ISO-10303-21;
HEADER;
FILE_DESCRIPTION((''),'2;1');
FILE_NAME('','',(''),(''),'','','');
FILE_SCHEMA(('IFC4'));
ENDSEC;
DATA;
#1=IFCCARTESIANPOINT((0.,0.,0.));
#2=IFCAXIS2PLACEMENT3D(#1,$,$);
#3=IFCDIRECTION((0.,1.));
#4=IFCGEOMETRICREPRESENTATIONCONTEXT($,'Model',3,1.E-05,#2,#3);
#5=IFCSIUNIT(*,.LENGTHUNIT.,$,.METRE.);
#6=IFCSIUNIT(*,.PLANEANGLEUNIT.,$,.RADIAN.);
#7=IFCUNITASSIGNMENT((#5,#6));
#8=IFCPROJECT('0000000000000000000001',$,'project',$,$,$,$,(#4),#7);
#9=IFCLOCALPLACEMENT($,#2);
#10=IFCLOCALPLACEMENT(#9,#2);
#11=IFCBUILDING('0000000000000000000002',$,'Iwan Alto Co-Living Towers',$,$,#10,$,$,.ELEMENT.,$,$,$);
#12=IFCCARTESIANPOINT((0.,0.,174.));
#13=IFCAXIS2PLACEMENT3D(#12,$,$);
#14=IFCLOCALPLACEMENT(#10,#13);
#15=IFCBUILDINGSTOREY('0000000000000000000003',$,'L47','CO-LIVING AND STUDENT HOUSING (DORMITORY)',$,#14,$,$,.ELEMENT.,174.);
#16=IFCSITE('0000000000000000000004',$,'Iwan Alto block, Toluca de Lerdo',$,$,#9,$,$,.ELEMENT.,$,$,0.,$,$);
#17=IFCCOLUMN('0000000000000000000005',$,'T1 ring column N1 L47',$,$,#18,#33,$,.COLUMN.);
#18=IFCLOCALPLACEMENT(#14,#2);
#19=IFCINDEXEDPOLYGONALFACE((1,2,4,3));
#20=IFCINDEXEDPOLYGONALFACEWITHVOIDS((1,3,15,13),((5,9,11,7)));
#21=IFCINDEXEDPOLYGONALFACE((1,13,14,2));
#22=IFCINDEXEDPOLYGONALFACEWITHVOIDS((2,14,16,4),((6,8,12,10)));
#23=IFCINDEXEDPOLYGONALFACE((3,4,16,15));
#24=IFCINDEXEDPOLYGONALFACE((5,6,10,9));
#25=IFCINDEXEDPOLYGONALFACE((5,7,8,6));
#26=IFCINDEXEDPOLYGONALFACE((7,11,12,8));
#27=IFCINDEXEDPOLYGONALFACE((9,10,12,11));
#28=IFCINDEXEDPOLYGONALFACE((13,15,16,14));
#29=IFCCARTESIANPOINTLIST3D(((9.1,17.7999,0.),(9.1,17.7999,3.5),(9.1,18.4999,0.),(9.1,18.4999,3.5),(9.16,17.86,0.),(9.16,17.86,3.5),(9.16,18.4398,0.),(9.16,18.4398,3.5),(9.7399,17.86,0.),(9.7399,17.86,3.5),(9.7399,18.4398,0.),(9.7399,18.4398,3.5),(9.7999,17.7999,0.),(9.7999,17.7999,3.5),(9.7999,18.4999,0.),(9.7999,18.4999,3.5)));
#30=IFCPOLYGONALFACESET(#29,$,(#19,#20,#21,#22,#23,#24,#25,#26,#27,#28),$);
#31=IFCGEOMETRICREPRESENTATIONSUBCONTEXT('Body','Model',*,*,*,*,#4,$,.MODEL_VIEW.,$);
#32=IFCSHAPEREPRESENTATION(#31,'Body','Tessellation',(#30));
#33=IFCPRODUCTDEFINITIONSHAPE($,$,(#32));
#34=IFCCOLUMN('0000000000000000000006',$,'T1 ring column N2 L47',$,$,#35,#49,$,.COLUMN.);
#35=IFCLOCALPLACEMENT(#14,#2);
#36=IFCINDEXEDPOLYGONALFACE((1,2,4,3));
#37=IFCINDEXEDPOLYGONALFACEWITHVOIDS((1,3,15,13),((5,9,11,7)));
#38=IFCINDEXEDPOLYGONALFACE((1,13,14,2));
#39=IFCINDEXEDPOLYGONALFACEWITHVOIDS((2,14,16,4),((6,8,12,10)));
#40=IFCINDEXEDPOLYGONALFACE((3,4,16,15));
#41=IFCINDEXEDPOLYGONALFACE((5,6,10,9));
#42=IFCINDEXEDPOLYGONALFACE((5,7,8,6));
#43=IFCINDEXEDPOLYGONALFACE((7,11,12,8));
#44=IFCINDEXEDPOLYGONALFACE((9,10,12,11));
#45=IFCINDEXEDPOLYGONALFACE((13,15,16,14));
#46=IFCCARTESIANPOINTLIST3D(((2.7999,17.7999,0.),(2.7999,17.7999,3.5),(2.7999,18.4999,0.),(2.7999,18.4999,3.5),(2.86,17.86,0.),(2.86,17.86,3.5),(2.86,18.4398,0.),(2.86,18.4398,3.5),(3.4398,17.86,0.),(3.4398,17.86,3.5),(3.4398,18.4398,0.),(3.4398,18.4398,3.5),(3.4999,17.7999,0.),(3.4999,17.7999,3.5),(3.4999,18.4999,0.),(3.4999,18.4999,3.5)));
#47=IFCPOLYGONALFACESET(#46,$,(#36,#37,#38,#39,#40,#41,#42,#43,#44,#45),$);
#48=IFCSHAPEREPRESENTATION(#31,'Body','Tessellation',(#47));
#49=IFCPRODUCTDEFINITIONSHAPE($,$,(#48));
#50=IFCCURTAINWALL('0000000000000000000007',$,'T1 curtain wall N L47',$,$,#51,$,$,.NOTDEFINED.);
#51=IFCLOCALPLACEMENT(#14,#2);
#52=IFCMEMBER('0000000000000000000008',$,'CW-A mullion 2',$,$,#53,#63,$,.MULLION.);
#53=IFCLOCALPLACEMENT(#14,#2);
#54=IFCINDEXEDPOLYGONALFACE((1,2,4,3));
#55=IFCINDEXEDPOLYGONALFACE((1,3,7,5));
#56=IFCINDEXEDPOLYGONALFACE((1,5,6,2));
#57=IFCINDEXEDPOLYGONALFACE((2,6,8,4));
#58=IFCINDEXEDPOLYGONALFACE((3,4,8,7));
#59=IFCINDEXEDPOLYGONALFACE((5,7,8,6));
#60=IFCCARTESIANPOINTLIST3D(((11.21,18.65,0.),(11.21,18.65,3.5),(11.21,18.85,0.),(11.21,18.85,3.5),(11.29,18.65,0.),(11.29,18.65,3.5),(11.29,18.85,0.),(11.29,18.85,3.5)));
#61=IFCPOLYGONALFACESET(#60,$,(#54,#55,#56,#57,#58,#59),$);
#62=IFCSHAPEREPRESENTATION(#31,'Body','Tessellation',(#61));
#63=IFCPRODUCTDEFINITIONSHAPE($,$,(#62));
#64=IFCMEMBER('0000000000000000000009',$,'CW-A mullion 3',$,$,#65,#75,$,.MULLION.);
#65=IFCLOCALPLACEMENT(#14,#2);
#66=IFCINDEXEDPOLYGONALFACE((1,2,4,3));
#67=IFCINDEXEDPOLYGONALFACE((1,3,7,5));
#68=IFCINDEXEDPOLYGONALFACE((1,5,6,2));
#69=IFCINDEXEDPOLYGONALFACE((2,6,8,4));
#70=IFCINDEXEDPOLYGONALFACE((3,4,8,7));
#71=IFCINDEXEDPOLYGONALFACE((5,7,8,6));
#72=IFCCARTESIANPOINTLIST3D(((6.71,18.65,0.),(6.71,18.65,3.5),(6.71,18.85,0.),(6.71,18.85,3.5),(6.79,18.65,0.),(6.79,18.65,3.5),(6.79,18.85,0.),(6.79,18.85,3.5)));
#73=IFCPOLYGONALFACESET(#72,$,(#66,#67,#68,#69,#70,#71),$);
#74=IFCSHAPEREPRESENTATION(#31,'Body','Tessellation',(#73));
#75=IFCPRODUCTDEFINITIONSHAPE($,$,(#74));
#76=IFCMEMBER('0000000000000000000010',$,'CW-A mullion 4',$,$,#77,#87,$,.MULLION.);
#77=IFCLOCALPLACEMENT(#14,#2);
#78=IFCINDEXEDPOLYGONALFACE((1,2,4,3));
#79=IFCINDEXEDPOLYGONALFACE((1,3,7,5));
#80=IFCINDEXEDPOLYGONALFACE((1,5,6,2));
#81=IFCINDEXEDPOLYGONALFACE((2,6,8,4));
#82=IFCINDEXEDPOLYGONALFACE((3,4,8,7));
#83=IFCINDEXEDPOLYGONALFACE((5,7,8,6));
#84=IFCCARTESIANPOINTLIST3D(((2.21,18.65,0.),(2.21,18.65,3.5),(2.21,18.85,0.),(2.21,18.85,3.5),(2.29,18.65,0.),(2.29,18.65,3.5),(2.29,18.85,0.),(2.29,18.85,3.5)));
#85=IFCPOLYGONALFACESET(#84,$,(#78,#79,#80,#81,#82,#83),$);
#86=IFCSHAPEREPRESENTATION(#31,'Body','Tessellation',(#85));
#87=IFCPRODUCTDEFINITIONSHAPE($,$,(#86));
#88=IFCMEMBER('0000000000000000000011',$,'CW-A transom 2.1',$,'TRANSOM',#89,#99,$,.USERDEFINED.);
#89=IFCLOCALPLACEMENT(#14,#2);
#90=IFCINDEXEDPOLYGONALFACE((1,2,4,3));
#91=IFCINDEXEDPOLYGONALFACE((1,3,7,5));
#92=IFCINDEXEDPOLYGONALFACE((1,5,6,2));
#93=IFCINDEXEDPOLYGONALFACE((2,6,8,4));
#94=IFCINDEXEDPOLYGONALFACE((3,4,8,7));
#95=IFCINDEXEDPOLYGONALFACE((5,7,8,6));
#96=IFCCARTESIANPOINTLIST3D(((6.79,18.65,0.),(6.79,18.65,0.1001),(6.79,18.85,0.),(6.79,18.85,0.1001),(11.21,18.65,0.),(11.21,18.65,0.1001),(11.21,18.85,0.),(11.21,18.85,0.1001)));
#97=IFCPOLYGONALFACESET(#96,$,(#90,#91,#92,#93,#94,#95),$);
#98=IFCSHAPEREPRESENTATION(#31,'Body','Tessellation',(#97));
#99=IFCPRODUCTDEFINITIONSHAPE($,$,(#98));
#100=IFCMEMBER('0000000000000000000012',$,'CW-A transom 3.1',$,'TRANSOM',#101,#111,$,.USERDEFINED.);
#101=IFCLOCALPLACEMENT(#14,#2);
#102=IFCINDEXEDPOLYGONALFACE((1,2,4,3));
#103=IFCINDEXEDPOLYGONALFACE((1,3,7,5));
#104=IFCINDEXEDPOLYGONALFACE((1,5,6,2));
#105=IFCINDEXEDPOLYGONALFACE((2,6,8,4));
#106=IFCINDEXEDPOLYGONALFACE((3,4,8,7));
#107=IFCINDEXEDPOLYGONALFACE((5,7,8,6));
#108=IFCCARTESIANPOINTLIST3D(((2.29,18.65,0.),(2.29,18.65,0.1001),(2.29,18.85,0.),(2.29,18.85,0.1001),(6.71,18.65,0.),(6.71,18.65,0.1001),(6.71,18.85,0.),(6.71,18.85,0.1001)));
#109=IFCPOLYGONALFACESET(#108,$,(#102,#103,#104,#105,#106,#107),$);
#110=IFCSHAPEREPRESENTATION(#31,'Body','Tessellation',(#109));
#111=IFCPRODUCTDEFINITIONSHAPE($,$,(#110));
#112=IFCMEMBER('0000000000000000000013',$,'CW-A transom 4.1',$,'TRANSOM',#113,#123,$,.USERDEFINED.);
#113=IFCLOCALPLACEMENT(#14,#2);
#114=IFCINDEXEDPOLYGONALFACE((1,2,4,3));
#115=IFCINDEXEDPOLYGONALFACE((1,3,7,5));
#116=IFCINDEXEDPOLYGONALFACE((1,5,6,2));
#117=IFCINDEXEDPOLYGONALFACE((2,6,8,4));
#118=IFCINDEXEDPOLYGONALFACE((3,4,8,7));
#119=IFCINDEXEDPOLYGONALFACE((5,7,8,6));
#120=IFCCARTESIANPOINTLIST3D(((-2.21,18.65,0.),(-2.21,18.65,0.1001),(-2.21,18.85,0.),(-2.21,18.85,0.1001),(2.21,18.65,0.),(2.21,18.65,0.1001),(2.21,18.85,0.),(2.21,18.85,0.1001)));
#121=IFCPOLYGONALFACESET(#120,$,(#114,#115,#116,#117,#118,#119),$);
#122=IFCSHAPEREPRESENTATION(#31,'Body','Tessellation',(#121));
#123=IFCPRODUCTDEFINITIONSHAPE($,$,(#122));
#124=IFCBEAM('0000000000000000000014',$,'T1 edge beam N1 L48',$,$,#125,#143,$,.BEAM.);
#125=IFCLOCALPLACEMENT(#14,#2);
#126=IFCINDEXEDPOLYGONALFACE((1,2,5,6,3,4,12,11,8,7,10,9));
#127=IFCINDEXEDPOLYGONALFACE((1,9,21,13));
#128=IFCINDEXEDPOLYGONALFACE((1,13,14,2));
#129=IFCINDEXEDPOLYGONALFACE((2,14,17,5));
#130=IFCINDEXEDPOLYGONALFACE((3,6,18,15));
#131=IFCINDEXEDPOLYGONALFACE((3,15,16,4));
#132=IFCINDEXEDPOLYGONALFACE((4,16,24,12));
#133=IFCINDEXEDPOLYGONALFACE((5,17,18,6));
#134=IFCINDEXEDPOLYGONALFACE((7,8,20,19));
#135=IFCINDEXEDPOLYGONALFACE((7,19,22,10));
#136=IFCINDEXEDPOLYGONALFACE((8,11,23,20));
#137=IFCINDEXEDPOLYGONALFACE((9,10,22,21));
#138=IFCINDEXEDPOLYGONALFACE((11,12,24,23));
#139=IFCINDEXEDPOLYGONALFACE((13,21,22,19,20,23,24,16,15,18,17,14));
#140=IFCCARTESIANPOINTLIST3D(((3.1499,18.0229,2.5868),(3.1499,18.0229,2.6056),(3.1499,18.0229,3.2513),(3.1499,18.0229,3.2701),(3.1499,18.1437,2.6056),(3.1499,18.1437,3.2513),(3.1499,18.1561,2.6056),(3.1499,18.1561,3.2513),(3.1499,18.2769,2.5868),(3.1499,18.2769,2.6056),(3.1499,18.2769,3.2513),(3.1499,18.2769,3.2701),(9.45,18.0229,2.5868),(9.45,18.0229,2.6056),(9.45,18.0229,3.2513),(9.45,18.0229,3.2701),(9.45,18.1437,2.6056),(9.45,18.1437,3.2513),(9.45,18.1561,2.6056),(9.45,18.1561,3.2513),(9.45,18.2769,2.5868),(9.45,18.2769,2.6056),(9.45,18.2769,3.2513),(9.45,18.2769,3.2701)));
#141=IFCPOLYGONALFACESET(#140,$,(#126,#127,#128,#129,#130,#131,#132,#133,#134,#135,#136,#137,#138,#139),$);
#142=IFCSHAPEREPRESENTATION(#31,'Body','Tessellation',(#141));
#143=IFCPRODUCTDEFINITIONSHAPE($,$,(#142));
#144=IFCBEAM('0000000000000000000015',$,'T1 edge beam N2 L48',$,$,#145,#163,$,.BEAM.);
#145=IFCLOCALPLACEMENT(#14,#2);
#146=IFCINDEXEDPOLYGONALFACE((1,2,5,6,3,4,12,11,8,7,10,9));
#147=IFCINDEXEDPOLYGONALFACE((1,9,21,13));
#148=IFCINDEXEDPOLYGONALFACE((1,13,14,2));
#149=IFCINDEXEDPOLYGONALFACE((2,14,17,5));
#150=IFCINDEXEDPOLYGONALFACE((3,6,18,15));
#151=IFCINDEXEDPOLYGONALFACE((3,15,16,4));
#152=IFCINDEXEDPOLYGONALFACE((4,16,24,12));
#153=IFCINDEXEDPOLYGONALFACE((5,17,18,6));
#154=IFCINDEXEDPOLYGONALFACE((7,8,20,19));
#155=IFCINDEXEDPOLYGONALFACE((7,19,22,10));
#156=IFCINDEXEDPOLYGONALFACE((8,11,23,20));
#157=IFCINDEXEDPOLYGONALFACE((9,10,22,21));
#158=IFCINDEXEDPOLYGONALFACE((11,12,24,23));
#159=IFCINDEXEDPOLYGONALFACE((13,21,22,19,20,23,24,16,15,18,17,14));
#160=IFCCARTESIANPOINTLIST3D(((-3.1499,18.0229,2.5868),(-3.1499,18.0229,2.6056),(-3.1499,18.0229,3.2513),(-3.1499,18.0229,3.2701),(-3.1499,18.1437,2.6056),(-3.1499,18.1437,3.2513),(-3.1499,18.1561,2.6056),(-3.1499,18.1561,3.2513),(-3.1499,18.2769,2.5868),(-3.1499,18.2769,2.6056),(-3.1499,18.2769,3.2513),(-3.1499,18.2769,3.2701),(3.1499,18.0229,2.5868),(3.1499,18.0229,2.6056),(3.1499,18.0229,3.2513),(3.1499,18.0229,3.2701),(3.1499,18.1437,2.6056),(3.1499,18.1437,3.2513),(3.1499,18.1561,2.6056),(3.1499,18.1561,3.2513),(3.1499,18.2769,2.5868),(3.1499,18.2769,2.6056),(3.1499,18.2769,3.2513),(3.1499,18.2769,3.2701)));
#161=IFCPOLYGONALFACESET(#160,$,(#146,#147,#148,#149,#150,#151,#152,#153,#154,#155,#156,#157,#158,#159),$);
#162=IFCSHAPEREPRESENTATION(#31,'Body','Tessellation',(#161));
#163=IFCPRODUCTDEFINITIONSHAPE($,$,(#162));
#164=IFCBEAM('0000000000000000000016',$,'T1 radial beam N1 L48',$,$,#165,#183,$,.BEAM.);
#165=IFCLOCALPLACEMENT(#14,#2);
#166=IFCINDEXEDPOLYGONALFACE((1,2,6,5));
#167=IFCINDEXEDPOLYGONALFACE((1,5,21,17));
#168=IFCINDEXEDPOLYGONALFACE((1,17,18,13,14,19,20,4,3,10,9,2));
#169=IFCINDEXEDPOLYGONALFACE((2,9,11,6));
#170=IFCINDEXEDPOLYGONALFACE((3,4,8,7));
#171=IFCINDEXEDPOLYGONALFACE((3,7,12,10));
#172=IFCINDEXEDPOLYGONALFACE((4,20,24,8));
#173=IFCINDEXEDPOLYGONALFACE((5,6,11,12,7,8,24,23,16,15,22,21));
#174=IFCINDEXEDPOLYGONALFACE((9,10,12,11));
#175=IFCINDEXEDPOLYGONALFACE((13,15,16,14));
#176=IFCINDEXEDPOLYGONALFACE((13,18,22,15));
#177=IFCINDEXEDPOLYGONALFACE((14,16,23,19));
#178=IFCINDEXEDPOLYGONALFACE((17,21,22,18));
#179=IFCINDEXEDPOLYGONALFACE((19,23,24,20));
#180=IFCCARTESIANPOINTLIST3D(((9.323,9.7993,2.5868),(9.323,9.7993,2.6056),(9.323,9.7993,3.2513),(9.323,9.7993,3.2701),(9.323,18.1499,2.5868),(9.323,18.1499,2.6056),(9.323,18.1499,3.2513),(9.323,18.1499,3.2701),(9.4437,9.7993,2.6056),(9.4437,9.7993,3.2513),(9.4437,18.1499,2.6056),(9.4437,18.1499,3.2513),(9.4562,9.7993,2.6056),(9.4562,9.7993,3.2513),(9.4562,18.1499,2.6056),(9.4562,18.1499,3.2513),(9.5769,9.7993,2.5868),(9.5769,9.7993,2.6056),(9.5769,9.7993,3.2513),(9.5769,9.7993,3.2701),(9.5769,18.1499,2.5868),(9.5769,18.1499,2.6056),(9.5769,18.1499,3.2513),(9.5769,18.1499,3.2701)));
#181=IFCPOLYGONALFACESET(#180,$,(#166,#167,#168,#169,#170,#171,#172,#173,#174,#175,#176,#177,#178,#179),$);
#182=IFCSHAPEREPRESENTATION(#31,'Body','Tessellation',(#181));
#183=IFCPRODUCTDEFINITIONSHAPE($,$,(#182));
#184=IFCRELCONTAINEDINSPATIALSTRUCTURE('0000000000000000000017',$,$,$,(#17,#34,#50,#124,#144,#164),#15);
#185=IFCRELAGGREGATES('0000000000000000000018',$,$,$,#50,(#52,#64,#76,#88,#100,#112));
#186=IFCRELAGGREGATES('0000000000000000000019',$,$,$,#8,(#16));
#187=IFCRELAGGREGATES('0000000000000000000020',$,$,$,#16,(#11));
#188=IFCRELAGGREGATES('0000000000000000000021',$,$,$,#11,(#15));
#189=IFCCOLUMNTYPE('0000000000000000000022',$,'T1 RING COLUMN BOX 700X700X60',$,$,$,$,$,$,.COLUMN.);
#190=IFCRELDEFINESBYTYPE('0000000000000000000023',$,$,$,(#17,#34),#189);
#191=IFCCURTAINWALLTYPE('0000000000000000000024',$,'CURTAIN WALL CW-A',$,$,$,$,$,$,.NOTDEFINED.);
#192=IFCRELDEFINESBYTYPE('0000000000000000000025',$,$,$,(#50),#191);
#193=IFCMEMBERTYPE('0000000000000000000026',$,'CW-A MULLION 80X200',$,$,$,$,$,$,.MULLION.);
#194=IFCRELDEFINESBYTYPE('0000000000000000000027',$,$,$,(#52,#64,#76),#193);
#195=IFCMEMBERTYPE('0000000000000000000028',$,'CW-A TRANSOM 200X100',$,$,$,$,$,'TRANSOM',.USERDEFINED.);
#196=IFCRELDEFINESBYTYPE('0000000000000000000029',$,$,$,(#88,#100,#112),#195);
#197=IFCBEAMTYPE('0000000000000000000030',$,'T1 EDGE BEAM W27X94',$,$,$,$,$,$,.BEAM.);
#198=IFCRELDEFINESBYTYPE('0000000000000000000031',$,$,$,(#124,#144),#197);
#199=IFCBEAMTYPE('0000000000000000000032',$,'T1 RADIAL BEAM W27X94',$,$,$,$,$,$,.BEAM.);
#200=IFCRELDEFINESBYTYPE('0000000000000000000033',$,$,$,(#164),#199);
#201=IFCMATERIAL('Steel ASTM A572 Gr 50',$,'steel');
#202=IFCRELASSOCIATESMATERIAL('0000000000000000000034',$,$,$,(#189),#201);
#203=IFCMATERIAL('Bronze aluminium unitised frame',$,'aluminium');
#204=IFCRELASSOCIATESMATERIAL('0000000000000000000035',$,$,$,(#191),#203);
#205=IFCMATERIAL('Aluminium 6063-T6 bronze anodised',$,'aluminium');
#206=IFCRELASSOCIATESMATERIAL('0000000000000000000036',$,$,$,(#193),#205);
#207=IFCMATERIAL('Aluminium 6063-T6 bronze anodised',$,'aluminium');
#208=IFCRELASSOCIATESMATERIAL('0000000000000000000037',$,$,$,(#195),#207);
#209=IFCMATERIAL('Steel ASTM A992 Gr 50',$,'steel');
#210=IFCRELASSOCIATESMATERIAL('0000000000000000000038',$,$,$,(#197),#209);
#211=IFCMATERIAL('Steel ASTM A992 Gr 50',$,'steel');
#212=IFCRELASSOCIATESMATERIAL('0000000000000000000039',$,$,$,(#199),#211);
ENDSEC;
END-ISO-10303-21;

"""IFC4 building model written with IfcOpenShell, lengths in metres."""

from ifc_helpers import new_model, si_unit, direction, frame, origin, origin_2d, place, context, subcontext, project, spatial, rectangle, hollow_rectangle, i_section, extrude, material, material_profile, profile_set, type_object, element, aggregate, save


model = new_model("IFC4")

# Units and contexts
model_context = context("Model", 3, precision=1e-05, world=origin(), true_north=direction((0.0, 1.0)))
body_context = subcontext(model_context, "Body", "Model", "MODEL_VIEW")
ifc_project = project(units=[si_unit("LENGTHUNIT", "METRE"), si_unit("PLANEANGLEUNIT", "RADIAN")], contexts=[model_context])

# Site, building, storey
site_placement = place(None, origin())
site = spatial("IfcSite", under=ifc_project, at=site_placement, Name="Iwan Alto block, Toluca de Lerdo", CompositionType="ELEMENT", RefElevation=0.0)
building_placement = place(site_placement, origin())
building = spatial("IfcBuilding", under=site, at=building_placement, Name="Iwan Alto Co-Living Towers", CompositionType="ELEMENT")
storey_placement = place(building_placement, frame((0.0, 0.0, 174.0)))
storey = spatial("IfcBuildingStorey", under=building, at=storey_placement, Name="L47", Description="CO-LIVING AND STUDENT HOUSING (DORMITORY)", CompositionType="ELEMENT", Elevation=174.0)

# Columns
ifc_material_1 = material(Name="Steel ASTM A572 Gr 50", Category="steel")
ifc_material_profile_1 = material_profile(ifc_material_1, hollow_rectangle(XDim=0.7, YDim=0.7, WallThickness=0.0601, at=origin_2d()), Name="BOX 700X700X60")
ifc_profile_set_1 = profile_set([ifc_material_profile_1], Name="Steel ASTM A572 Gr 50")
column_type = type_object("IfcColumnType", Name="T1 RING COLUMN BOX 700X700X60", PredefinedType="COLUMN", material=ifc_profile_set_1)
for number, where, z_axis, x_axis, name in (
    (1, (9.45, 18.1499, 0.0), (0.0, 0.0, 1.0), (1.0, 0.0, 0.0), "T1 ring column N1 L47"),
    (2, (3.1499, 18.1499, 0.0), (0.0, 0.0, 1.0), (1.0, 0.0, 0.0), "T1 ring column N2 L47"),
):
    element("IfcColumn", number, at=place(storey_placement, frame(where, z_axis=z_axis, x_axis=x_axis)), inside=storey, type_object=column_type, Name=name, PredefinedType="COLUMN", context=body_context, shape_type="SweptSolid", body=[
        extrude(hollow_rectangle(XDim=0.7, YDim=0.7, WallThickness=0.0601, at=origin_2d()), origin(), (0.0, 0.0, 1.0), 3.5),
    ])

# Curtain wall, members
ifc_material_2 = material(Name="Bronze aluminium unitised frame", Category="aluminium")
curtain_wall_type = type_object("IfcCurtainWallType", Name="CURTAIN WALL CW-A", PredefinedType="NOTDEFINED", material=ifc_material_2)
curtain_wall_placement = place(storey_placement, origin())
curtain_wall = element("IfcCurtainWall", 3, at=curtain_wall_placement, inside=storey, type_object=curtain_wall_type, Name="T1 curtain wall N L47", PredefinedType="NOTDEFINED")
ifc_material_3 = material(Name="Aluminium 6063-T6 bronze anodised", Category="aluminium")
ifc_material_profile_2 = material_profile(ifc_material_3, rectangle(XDim=0.2, YDim=0.0801, at=origin_2d()), Name="AL 80X200")
ifc_profile_set_2 = profile_set([ifc_material_profile_2], Name="Aluminium 6063-T6 bronze anodised")
member_type_1 = type_object("IfcMemberType", Name="CW-A MULLION 80X200", PredefinedType="MULLION", material=ifc_profile_set_2)
member_1_placement = place(storey_placement, frame((11.25, 18.75, 0.0), z_axis=(0.0, 0.0, 1.0), x_axis=(0.0, -1.0, 0.0)))
member_1 = element("IfcMember", 4, at=member_1_placement, type_object=member_type_1, Name="CW-A mullion 2", PredefinedType="MULLION", context=body_context, shape_type="SweptSolid", body=[
    extrude(rectangle(XDim=0.2, YDim=0.0801, at=origin_2d()), origin(), (0.0, 0.0, 1.0), 3.5),
])
member_2_placement = place(storey_placement, frame((6.75, 18.75, 0.0), z_axis=(0.0, 0.0, 1.0), x_axis=(0.0, -1.0, 0.0)))
member_2 = element("IfcMember", 5, at=member_2_placement, type_object=member_type_1, Name="CW-A mullion 3", PredefinedType="MULLION", context=body_context, shape_type="SweptSolid", body=[
    extrude(rectangle(XDim=0.2, YDim=0.0801, at=origin_2d()), origin(), (0.0, 0.0, 1.0), 3.5),
])
member_3_placement = place(storey_placement, frame((2.25, 18.75, 0.0), z_axis=(0.0, 0.0, 1.0), x_axis=(0.0, -1.0, 0.0)))
member_3 = element("IfcMember", 6, at=member_3_placement, type_object=member_type_1, Name="CW-A mullion 4", PredefinedType="MULLION", context=body_context, shape_type="SweptSolid", body=[
    extrude(rectangle(XDim=0.2, YDim=0.0801, at=origin_2d()), origin(), (0.0, 0.0, 1.0), 3.5),
])
ifc_material_4 = material(Name="Aluminium 6063-T6 bronze anodised", Category="aluminium")
ifc_material_profile_3 = material_profile(ifc_material_4, rectangle(XDim=0.2, YDim=0.1001, at=origin_2d()), Name="AL 200X100")
ifc_profile_set_3 = profile_set([ifc_material_profile_3], Name="Aluminium 6063-T6 bronze anodised")
member_type_2 = type_object("IfcMemberType", Name="CW-A TRANSOM 200X100", ElementType="TRANSOM", PredefinedType="USERDEFINED", material=ifc_profile_set_3)
member_4_placement = place(storey_placement, frame((11.21, 18.75, 0.05), z_axis=(-1.0, 0.0, 0.0), x_axis=(0.0, -1.0, 0.0)))
member_4 = element("IfcMember", 7, at=member_4_placement, type_object=member_type_2, Name="CW-A transom 2.1", ObjectType="TRANSOM", PredefinedType="USERDEFINED", context=body_context, shape_type="SweptSolid", body=[
    extrude(rectangle(XDim=0.2, YDim=0.1001, at=origin_2d()), origin(), (0.0, 0.0, 1.0), 4.4199),
])
member_5_placement = place(storey_placement, frame((6.71, 18.75, 0.05), z_axis=(-1.0, 0.0, 0.0), x_axis=(0.0, -1.0, 0.0)))
member_5 = element("IfcMember", 8, at=member_5_placement, type_object=member_type_2, Name="CW-A transom 3.1", ObjectType="TRANSOM", PredefinedType="USERDEFINED", context=body_context, shape_type="SweptSolid", body=[
    extrude(rectangle(XDim=0.2, YDim=0.1001, at=origin_2d()), origin(), (0.0, 0.0, 1.0), 4.4199),
])
member_6_placement = place(storey_placement, frame((2.21, 18.75, 0.05), z_axis=(-1.0, 0.0, 0.0), x_axis=(0.0, -1.0, 0.0)))
member_6 = element("IfcMember", 9, at=member_6_placement, type_object=member_type_2, Name="CW-A transom 4.1", ObjectType="TRANSOM", PredefinedType="USERDEFINED", context=body_context, shape_type="SweptSolid", body=[
    extrude(rectangle(XDim=0.2, YDim=0.1001, at=origin_2d()), origin(), (0.0, 0.0, 1.0), 4.4199),
])

# Beams
ifc_material_5 = material(Name="Steel ASTM A992 Gr 50", Category="steel")
ifc_material_profile_4 = material_profile(ifc_material_5, i_section(OverallWidth=0.2539, OverallDepth=0.6833, WebThickness=0.0125, FlangeThickness=0.0188, at=origin_2d()), Name="W27X94")
ifc_profile_set_4 = profile_set([ifc_material_profile_4], Name="Steel ASTM A992 Gr 50")
beam_type_1 = type_object("IfcBeamType", Name="T1 EDGE BEAM W27X94", PredefinedType="BEAM", material=ifc_profile_set_4)
beam_1_placement = place(storey_placement, frame((9.45, 18.1499, 2.9285), z_axis=(-1.0, 0.0, 0.0), x_axis=(0.0, -1.0, 0.0)))
element("IfcBeam", 10, at=beam_1_placement, inside=storey, type_object=beam_type_1, Name="T1 edge beam N1 L48", PredefinedType="BEAM", context=body_context, shape_type="SweptSolid", body=[
    extrude(i_section(OverallWidth=0.2539, OverallDepth=0.6833, WebThickness=0.0125, FlangeThickness=0.0188, at=origin_2d()), origin(), (0.0, 0.0, 1.0), 6.3),
])
beam_2_placement = place(storey_placement, frame((3.1499, 18.1499, 2.9285), z_axis=(-1.0, 0.0, 0.0), x_axis=(0.0, -1.0, 0.0)))
element("IfcBeam", 11, at=beam_2_placement, inside=storey, type_object=beam_type_1, Name="T1 edge beam N2 L48", PredefinedType="BEAM", context=body_context, shape_type="SweptSolid", body=[
    extrude(i_section(OverallWidth=0.2539, OverallDepth=0.6833, WebThickness=0.0125, FlangeThickness=0.0188, at=origin_2d()), origin(), (0.0, 0.0, 1.0), 6.2998),
])
ifc_material_6 = material(Name="Steel ASTM A992 Gr 50", Category="steel")
ifc_material_profile_5 = material_profile(ifc_material_6, i_section(OverallWidth=0.2539, OverallDepth=0.6833, WebThickness=0.0125, FlangeThickness=0.0188, at=origin_2d()), Name="W27X94")
ifc_profile_set_5 = profile_set([ifc_material_profile_5], Name="Steel ASTM A992 Gr 50")
beam_type_2 = type_object("IfcBeamType", Name="T1 RADIAL BEAM W27X94", PredefinedType="BEAM", material=ifc_profile_set_5)
for number, where, z_axis, x_axis, name in (
    (12, (9.45, 18.1499, 2.9285), (0.0, -1.0, 0.0), (1.0, 0.0, 0.0), "T1 radial beam N1 L48"),
):
    element("IfcBeam", number, at=place(storey_placement, frame(where, z_axis=z_axis, x_axis=x_axis)), inside=storey, type_object=beam_type_2, Name=name, PredefinedType="BEAM", context=body_context, shape_type="SweptSolid", body=[
        extrude(i_section(OverallWidth=0.2539, OverallDepth=0.6833, WebThickness=0.0125, FlangeThickness=0.0188, at=origin_2d()), origin(), (0.0, 0.0, 1.0), 8.3506),
    ])

aggregate(curtain_wall, [member_1, member_2, member_3, member_4, member_5, member_6])

save(model, "model.ifc")
